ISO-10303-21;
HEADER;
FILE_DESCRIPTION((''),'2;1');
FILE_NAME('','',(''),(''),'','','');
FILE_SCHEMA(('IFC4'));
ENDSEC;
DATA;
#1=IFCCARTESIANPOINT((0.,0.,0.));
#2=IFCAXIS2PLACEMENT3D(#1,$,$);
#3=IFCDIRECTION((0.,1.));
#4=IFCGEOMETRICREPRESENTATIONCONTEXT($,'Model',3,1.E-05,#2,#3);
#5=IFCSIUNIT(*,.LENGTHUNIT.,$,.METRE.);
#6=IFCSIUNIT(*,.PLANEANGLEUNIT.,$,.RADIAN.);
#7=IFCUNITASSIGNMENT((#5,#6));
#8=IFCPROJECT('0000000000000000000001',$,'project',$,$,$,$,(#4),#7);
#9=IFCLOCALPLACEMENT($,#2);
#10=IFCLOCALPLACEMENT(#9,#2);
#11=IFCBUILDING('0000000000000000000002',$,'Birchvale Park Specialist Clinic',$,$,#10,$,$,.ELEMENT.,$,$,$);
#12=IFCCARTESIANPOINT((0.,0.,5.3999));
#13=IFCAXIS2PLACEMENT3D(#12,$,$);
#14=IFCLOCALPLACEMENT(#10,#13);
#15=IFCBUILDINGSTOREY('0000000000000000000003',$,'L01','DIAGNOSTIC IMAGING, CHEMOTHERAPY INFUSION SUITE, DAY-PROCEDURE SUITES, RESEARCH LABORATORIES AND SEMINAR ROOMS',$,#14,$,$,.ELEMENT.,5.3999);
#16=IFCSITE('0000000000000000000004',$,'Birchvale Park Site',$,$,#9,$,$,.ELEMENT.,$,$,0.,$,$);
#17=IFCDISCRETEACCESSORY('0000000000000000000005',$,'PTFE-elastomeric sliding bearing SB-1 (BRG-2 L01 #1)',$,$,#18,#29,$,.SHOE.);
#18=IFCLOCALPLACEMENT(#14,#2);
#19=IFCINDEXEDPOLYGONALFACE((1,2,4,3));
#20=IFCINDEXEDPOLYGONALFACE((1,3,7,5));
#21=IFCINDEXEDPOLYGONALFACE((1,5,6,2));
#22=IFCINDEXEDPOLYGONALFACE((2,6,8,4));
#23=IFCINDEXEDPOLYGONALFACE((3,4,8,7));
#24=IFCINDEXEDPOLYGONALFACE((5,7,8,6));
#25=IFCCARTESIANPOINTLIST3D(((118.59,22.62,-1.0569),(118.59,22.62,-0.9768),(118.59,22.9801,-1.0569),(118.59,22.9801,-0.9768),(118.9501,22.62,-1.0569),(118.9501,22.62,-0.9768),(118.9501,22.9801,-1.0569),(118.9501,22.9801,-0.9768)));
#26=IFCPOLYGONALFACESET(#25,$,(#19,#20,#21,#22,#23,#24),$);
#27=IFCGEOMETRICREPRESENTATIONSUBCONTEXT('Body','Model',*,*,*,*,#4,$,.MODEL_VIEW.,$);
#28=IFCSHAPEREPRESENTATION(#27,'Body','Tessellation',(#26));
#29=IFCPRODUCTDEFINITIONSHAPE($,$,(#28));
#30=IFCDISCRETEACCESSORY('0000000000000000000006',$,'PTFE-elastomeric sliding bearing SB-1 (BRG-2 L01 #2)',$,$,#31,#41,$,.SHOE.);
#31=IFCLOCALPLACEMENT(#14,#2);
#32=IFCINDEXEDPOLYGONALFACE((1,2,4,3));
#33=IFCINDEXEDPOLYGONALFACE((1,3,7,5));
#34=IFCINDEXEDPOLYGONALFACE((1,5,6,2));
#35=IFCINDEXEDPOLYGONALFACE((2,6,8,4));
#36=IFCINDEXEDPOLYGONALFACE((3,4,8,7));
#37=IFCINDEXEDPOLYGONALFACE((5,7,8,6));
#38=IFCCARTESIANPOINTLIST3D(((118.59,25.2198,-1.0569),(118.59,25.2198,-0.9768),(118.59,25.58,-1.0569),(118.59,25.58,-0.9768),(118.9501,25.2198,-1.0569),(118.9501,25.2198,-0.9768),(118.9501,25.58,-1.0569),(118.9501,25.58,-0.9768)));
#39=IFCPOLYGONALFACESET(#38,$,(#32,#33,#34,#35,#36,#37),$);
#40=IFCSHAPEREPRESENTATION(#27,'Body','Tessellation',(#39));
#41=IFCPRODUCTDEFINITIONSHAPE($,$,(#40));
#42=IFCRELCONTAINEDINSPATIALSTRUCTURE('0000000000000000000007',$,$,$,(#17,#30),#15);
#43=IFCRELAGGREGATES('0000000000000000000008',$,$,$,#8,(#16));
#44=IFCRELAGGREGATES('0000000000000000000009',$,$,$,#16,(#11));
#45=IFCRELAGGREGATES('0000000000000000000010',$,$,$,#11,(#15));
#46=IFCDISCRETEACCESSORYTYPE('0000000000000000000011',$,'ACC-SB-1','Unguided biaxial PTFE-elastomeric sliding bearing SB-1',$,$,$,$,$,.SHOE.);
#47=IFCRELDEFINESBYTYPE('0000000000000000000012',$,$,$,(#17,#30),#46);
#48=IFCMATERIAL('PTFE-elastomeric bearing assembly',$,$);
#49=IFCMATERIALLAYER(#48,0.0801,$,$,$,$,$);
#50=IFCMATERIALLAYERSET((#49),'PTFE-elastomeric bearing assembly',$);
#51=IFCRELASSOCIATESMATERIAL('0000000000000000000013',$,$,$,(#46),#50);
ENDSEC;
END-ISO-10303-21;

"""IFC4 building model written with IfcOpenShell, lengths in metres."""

from ifc_helpers import new_model, si_unit, direction, frame, origin, origin_2d, place, context, subcontext, project, spatial, rectangle, extrude, material, layer, layer_set, type_object, element, save


model = new_model("IFC4")

# Units and contexts
model_context = context("Model", 3, precision=1e-05, world=origin(), true_north=direction((0.0, 1.0)))
body_context = subcontext(model_context, "Body", "Model", "MODEL_VIEW")
ifc_project = project(units=[si_unit("LENGTHUNIT", "METRE"), si_unit("PLANEANGLEUNIT", "RADIAN")], contexts=[model_context])

# Site, building, storey
site_placement = place(None, origin())
site = spatial("IfcSite", under=ifc_project, at=site_placement, Name="Birchvale Park Site", CompositionType="ELEMENT", RefElevation=0.0)
building_placement = place(site_placement, origin())
building = spatial("IfcBuilding", under=site, at=building_placement, Name="Birchvale Park Specialist Clinic", CompositionType="ELEMENT")
storey_placement = place(building_placement, frame((0.0, 0.0, 5.3999)))
storey = spatial("IfcBuildingStorey", under=building, at=storey_placement, Name="L01", Description="DIAGNOSTIC IMAGING, CHEMOTHERAPY INFUSION SUITE, DAY-PROCEDURE SUITES, RESEARCH LABORATORIES AND SEMINAR ROOMS", CompositionType="ELEMENT", Elevation=5.3999)

# Discrete accessories
ifc_material_1 = material(Name="PTFE-elastomeric bearing assembly")
ifc_layer_1 = layer(ifc_material_1, 0.0801)
ifc_layer_set_1 = layer_set([ifc_layer_1], Name="PTFE-elastomeric bearing assembly")
discrete_accessory_type = type_object("IfcDiscreteAccessoryType", Name="ACC-SB-1", Description="Unguided biaxial PTFE-elastomeric sliding bearing SB-1", PredefinedType="SHOE", material=ifc_layer_set_1)
for number, where, z_axis, x_axis, name in (
    (1, (118.77, 22.8, -1.0569), (0.0, 0.0, 1.0), (1.0, 0.0, 0.0), "PTFE-elastomeric sliding bearing SB-1 (BRG-2 L01 #1)"),
    (2, (118.77, 25.3999, -1.0569), (0.0, 0.0, 1.0), (1.0, 0.0, 0.0), "PTFE-elastomeric sliding bearing SB-1 (BRG-2 L01 #2)"),
):
    element("IfcDiscreteAccessory", number, at=place(storey_placement, frame(where, z_axis=z_axis, x_axis=x_axis)), inside=storey, type_object=discrete_accessory_type, Name=name, PredefinedType="SHOE", context=body_context, shape_type="SweptSolid", body=[
        extrude(rectangle(XDim=0.3601, YDim=0.3601, at=origin_2d()), origin(), (0.0, 0.0, 1.0), 0.0801),
    ])

save(model, "model.ifc")
